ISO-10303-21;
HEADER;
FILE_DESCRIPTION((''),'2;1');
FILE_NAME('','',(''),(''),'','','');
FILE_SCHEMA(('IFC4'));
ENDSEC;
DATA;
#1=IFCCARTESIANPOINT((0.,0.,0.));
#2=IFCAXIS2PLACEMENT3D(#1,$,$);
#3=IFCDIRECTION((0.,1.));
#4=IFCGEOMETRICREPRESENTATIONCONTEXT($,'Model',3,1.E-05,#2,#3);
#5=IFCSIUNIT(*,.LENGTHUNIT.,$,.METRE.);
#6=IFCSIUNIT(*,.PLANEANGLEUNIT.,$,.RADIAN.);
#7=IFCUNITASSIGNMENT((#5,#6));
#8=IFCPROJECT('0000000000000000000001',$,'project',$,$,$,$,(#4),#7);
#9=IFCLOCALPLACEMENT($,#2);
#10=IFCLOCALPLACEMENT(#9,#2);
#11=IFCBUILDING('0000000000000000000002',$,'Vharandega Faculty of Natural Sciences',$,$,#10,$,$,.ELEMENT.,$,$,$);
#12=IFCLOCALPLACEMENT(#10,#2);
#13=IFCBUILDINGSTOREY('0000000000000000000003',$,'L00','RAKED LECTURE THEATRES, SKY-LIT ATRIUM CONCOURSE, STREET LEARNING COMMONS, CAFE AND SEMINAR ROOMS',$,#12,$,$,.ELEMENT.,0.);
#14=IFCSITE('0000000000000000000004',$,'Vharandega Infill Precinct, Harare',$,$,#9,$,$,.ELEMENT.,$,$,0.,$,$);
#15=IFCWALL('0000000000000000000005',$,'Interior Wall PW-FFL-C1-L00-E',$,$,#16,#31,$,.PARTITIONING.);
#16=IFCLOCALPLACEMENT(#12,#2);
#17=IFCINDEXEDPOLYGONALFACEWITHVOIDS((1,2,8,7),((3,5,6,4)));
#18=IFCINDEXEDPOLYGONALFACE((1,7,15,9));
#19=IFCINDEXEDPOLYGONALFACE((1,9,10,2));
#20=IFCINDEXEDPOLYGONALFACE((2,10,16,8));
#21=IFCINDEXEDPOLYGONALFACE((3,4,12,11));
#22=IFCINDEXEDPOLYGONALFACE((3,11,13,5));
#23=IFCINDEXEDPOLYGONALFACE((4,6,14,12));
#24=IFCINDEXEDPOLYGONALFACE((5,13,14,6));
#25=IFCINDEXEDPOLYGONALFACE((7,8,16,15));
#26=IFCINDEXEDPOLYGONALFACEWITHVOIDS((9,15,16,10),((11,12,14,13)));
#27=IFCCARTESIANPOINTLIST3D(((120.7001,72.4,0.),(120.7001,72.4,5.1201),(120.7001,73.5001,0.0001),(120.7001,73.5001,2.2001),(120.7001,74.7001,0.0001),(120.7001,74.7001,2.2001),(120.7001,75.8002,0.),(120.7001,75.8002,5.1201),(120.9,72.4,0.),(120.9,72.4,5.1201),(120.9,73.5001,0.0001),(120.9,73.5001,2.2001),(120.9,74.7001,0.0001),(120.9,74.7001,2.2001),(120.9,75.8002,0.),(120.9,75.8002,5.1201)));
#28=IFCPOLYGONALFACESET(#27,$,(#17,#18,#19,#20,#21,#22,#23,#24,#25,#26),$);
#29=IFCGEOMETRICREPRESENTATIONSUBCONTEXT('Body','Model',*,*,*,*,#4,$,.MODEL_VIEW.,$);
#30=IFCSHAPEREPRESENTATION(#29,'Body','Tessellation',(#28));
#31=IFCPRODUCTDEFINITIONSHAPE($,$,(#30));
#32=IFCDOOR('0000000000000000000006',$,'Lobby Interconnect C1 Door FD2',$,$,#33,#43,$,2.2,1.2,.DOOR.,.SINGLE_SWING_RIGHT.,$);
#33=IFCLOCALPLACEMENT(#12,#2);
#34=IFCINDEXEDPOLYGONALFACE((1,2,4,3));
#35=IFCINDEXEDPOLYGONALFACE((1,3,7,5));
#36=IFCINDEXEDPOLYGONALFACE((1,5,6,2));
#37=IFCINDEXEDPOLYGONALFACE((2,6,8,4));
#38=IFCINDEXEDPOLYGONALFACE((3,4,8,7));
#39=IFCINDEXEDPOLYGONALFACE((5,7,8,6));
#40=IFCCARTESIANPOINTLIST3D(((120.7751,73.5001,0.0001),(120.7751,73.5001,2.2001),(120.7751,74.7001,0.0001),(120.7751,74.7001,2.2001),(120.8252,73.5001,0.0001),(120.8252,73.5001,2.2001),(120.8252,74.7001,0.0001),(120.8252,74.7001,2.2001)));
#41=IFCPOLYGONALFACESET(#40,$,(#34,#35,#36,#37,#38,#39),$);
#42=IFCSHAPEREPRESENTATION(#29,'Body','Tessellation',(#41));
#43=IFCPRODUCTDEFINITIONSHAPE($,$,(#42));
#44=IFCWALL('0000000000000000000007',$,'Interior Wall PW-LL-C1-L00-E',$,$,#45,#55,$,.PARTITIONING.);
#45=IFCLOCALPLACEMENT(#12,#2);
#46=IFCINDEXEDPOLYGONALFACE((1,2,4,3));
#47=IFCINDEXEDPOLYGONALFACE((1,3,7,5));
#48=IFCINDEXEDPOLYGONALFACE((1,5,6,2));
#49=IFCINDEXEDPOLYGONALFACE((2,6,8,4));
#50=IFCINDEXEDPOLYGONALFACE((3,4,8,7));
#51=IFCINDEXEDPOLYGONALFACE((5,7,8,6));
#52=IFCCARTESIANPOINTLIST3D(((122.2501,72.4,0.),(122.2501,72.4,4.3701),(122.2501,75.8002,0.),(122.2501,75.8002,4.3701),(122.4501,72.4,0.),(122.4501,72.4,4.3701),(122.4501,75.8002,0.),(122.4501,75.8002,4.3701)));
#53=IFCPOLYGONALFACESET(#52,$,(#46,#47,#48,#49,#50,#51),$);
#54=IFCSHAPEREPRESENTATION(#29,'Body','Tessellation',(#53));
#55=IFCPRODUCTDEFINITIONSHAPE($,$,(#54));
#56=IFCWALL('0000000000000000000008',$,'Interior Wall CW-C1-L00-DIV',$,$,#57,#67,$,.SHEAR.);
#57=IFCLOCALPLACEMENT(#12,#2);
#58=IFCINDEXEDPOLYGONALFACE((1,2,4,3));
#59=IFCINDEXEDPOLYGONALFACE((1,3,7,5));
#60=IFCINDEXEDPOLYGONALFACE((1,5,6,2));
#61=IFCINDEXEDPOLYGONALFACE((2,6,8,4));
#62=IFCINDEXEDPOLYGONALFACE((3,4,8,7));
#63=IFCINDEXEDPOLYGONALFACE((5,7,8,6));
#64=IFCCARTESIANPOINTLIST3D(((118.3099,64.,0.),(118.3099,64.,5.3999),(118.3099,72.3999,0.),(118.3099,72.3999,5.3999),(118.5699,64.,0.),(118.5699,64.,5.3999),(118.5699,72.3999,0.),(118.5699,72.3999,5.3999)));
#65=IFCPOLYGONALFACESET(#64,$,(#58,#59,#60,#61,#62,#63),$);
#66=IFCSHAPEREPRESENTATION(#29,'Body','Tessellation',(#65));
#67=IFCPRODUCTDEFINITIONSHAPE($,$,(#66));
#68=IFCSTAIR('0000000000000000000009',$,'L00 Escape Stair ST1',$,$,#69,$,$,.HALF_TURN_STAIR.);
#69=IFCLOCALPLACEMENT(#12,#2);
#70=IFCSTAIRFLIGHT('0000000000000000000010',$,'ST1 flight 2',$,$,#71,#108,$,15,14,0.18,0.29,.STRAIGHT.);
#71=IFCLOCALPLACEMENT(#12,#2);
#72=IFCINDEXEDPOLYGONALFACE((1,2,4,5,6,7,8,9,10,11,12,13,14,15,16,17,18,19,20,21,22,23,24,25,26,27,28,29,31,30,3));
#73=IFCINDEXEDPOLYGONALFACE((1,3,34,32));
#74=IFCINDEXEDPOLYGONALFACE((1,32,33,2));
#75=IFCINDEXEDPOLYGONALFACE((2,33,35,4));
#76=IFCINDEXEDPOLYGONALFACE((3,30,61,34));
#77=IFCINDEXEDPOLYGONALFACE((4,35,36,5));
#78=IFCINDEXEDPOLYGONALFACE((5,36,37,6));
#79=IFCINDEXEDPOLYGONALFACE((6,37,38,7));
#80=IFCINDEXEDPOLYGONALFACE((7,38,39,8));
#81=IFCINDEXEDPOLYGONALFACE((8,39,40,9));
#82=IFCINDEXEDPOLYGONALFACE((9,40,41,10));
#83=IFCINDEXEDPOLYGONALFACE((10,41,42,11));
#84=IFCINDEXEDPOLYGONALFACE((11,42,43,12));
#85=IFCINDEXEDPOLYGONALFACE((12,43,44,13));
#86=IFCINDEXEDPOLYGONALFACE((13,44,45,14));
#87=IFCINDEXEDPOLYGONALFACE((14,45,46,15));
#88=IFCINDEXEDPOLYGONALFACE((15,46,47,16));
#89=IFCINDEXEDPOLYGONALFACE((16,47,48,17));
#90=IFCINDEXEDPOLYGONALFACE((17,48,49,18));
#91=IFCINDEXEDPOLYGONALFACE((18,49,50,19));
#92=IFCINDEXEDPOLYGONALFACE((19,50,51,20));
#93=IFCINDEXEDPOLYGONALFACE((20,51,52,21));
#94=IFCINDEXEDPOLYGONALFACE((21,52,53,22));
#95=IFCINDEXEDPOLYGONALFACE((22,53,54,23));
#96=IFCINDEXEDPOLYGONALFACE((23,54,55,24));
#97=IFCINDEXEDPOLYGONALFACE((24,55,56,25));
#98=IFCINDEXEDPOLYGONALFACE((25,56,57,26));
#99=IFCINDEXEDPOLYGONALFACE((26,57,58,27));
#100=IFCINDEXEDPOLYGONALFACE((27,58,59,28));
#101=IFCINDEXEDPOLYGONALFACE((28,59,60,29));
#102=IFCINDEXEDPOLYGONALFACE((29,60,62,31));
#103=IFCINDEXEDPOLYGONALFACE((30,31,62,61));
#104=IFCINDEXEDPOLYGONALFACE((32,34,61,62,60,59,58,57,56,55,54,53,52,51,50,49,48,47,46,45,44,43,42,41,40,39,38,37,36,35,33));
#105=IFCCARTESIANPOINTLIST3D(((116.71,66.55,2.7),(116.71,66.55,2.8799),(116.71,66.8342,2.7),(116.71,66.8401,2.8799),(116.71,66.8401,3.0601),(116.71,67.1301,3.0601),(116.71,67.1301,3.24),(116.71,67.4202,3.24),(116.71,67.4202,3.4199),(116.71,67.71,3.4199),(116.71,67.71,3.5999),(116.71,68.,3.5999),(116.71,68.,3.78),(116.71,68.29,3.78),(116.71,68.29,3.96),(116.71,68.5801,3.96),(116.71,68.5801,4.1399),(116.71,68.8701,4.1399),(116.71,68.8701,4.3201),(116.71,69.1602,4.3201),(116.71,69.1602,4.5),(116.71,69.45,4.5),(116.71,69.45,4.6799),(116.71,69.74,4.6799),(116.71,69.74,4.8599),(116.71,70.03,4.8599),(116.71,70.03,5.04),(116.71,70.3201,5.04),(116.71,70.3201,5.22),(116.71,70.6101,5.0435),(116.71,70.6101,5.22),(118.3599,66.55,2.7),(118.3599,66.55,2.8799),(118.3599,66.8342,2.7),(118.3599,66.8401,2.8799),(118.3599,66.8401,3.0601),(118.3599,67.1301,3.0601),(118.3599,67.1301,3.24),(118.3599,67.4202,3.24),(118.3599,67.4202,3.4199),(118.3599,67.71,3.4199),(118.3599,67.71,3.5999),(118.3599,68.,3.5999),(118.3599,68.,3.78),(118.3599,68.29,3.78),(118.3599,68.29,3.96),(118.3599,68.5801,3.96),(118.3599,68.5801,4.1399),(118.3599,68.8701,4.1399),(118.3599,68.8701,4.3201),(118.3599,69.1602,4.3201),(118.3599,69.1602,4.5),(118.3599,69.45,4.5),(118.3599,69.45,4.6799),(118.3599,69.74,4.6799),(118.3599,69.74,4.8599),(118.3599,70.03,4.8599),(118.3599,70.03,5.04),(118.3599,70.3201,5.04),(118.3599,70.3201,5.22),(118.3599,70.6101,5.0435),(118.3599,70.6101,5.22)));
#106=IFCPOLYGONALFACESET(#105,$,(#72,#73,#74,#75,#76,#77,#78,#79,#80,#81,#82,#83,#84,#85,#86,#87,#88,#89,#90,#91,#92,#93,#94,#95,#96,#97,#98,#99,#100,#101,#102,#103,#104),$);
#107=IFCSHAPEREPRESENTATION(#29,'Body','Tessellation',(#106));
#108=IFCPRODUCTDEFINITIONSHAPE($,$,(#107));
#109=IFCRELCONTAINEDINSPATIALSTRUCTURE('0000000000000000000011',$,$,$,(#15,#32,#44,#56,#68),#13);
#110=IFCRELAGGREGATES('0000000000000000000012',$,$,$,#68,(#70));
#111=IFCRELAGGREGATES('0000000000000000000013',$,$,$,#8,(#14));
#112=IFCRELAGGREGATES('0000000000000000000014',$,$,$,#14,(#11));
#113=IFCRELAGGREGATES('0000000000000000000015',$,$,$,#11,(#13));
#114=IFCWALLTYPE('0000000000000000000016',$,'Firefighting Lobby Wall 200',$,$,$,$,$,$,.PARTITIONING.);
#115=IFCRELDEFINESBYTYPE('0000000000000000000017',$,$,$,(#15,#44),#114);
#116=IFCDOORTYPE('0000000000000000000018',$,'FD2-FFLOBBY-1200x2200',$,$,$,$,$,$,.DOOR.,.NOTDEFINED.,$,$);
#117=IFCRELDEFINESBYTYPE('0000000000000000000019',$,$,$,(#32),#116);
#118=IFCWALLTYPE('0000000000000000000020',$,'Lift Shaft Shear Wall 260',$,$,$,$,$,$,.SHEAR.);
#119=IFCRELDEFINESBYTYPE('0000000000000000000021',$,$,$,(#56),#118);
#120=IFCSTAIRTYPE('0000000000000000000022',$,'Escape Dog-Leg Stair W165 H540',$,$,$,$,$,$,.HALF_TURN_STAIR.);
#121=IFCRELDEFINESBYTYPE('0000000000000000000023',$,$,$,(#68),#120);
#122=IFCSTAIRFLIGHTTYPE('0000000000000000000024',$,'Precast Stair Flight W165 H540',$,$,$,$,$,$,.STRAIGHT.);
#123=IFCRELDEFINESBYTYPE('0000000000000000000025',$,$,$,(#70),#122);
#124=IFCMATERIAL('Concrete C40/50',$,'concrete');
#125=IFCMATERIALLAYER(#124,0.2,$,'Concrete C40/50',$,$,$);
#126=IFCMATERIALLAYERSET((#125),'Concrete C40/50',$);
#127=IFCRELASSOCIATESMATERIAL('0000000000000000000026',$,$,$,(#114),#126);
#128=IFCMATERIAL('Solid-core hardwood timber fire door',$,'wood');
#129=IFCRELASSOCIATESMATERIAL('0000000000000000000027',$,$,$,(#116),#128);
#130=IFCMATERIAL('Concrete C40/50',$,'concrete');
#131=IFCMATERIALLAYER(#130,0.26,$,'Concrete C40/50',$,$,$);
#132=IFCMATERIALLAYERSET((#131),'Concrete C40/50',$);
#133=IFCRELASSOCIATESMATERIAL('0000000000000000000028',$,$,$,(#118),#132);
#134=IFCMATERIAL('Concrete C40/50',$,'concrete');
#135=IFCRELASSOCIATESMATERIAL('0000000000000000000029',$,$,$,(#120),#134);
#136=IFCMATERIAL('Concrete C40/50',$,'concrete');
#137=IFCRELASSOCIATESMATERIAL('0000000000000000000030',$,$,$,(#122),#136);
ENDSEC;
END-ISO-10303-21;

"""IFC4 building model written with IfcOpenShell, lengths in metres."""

from ifc_helpers import new_model, si_unit, direction, frame, frame_2d, origin, place, context, subcontext, project, spatial, polyline, rectangle, outline, extrude, material, layer, layer_set, type_object, element, fill, aggregate, save


model = new_model("IFC4")

# Units and contexts
model_context = context("Model", 3, precision=1e-05, world=origin(), true_north=direction((0.0, 1.0)))
body_context = subcontext(model_context, "Body", "Model", "MODEL_VIEW")
ifc_project = project(units=[si_unit("LENGTHUNIT", "METRE"), si_unit("PLANEANGLEUNIT", "RADIAN")], contexts=[model_context])

# Site, building, storey
site_placement = place(None, origin())
site = spatial("IfcSite", under=ifc_project, at=site_placement, Name="Vharandega Infill Precinct, Harare", CompositionType="ELEMENT", RefElevation=0.0)
building_placement = place(site_placement, origin())
building = spatial("IfcBuilding", under=site, at=building_placement, Name="Vharandega Faculty of Natural Sciences", CompositionType="ELEMENT")
storey_placement = place(building_placement, origin())
storey = spatial("IfcBuildingStorey", under=building, at=storey_placement, Name="L00", Description="RAKED LECTURE THEATRES, SKY-LIT ATRIUM CONCOURSE, STREET LEARNING COMMONS, CAFE AND SEMINAR ROOMS", CompositionType="ELEMENT", Elevation=0.0)

# Wall, opening, door
ifc_material_1 = material(Name="Concrete C40/50", Category="concrete")
ifc_layer_1 = layer(ifc_material_1, 0.2, Name="Concrete C40/50")
ifc_layer_set_1 = layer_set([ifc_layer_1], Name="Concrete C40/50")
wall_type_1 = type_object("IfcWallType", Name="Firefighting Lobby Wall 200", PredefinedType="PARTITIONING", material=ifc_layer_set_1)
wall_1_placement = place(storey_placement, frame((120.8, 72.3999, 0.0), z_axis=(0.0, 0.0, 1.0), x_axis=(0.0, 1.0, 0.0)))
wall_1 = element("IfcWall", 1, at=wall_1_placement, inside=storey, type_object=wall_type_1, Name="Interior Wall PW-FFL-C1-L00-E", PredefinedType="PARTITIONING", context=body_context, shape_type="SweptSolid", body=[
    extrude(rectangle(XDim=3.4001, YDim=0.2, at=frame_2d((1.7002, 0.0))), origin(), (0.0, 0.0, 1.0), 5.1201),
])
opening_placement = place(wall_1_placement, frame((1.1001, 0.0, 0.0)))
opening = element("IfcOpeningElement", 2, at=opening_placement, cuts=wall_1, PredefinedType="OPENING", context=body_context, shape_type="SweptSolid", body=[
    extrude(rectangle(XDim=1.2, YDim=2.2, at=frame_2d((0.6001, 1.1001))), frame((0.0, 0.1099, 0.0), z_axis=(0.0, -1.0, 0.0), x_axis=(1.0, 0.0, 0.0)), (0.0, 0.0, 1.0), 0.22),
])
ifc_material_2 = material(Name="Solid-core hardwood timber fire door", Category="wood")
door_type = type_object("IfcDoorType", Name="FD2-FFLOBBY-1200x2200", OperationType="NOTDEFINED", PredefinedType="DOOR", material=ifc_material_2)
door_placement = place(opening_placement, origin())
door = element("IfcDoor", 3, at=door_placement, inside=storey, type_object=door_type, Name="Lobby Interconnect C1 Door FD2", OperationType="SINGLE_SWING_RIGHT", OverallHeight=2.2, OverallWidth=1.2, PredefinedType="DOOR", context=body_context, shape_type="SweptSolid", body=[
    extrude(rectangle(XDim=1.2, YDim=2.2, at=frame_2d((0.6001, 1.1001))), frame((0.0, 0.0249, 0.0), z_axis=(0.0, -1.0, 0.0), x_axis=(1.0, 0.0, 0.0)), (0.0, 0.0, 1.0), 0.05),
])
fill(opening, door)

# Walls
wall_2_placement = place(storey_placement, frame((122.3501, 72.3999, 0.0), z_axis=(0.0, 0.0, 1.0), x_axis=(0.0, 1.0, 0.0)))
element("IfcWall", 4, at=wall_2_placement, inside=storey, type_object=wall_type_1, Name="Interior Wall PW-LL-C1-L00-E", PredefinedType="PARTITIONING", context=body_context, shape_type="SweptSolid", body=[
    extrude(rectangle(XDim=3.4001, YDim=0.2, at=frame_2d((1.7002, 0.0))), origin(), (0.0, 0.0, 1.0), 4.3701),
])
ifc_material_3 = material(Name="Concrete C40/50", Category="concrete")
ifc_layer_2 = layer(ifc_material_3, 0.26, Name="Concrete C40/50")
ifc_layer_set_2 = layer_set([ifc_layer_2], Name="Concrete C40/50")
wall_type_2 = type_object("IfcWallType", Name="Lift Shaft Shear Wall 260", PredefinedType="SHEAR", material=ifc_layer_set_2)
wall_3_placement = place(storey_placement, frame((118.4399, 64.0, 0.0), z_axis=(0.0, 0.0, 1.0), x_axis=(0.0, 1.0, 0.0)))
element("IfcWall", 5, at=wall_3_placement, inside=storey, type_object=wall_type_2, Name="Interior Wall CW-C1-L00-DIV", PredefinedType="SHEAR", context=body_context, shape_type="SweptSolid", body=[
    extrude(rectangle(XDim=8.3999, YDim=0.26, at=frame_2d((4.2, 0.0))), origin(), (0.0, 0.0, 1.0), 5.3999),
])

# Stair, stair flight
ifc_material_4 = material(Name="Concrete C40/50", Category="concrete")
stair_type = type_object("IfcStairType", Name="Escape Dog-Leg Stair W165 H540", PredefinedType="HALF_TURN_STAIR", material=ifc_material_4)
stair_placement = place(storey_placement, origin())
stair = element("IfcStair", 6, at=stair_placement, inside=storey, type_object=stair_type, Name="L00 Escape Stair ST1", PredefinedType="HALF_TURN_STAIR")
ifc_material_5 = material(Name="Concrete C40/50", Category="concrete")
stair_flight_type = type_object("IfcStairFlightType", Name="Precast Stair Flight W165 H540", PredefinedType="STRAIGHT", material=ifc_material_5)
stair_flight_placement = place(storey_placement, frame((117.5349, 66.55, 2.7), z_axis=(0.0, 0.0, 1.0), x_axis=(0.0, 1.0, 0.0)))
stair_flight = element("IfcStairFlight", 7, at=stair_flight_placement, type_object=stair_flight_type, Name="ST1 flight 2", NumberOfRisers=15, NumberOfTreads=14, PredefinedType="STRAIGHT", RiserHeight=0.18, TreadLength=0.29, context=body_context, shape_type="SweptSolid", body=[
    extrude(outline(polyline([(0.0, 0.0), (0.0, 0.1799), (0.29, 0.1799), (0.29, 0.3601), (0.5801, 0.3601), (0.5801, 0.54), (0.8701, 0.54), (0.8701, 0.72), (1.1599, 0.72), (1.1599, 0.8999), (1.45, 0.8999), (1.45, 1.0801), (1.74, 1.0801), (1.74, 1.26), (2.03, 1.26), (2.03, 1.4399), (2.3201, 1.4399), (2.3201, 1.6201), (2.6101, 1.6201), (2.6101, 1.8), (2.8999, 1.8), (2.8999, 1.98), (3.1899, 1.98), (3.1899, 2.1599), (3.48, 2.1599), (3.48, 2.3401), (3.77, 2.3401), (3.77, 2.52), (4.0601, 2.52), (4.0601, 2.7), (4.0601, 2.3435), (0.2842, 0.0), (0.0, 0.0)])), frame((0.0, 0.825, 0.0), z_axis=(0.0, -1.0, 0.0), x_axis=(1.0, 0.0, 0.0)), (0.0, 0.0, 1.0), 1.6499),
])
aggregate(stair, [stair_flight])

save(model, "model.ifc")
